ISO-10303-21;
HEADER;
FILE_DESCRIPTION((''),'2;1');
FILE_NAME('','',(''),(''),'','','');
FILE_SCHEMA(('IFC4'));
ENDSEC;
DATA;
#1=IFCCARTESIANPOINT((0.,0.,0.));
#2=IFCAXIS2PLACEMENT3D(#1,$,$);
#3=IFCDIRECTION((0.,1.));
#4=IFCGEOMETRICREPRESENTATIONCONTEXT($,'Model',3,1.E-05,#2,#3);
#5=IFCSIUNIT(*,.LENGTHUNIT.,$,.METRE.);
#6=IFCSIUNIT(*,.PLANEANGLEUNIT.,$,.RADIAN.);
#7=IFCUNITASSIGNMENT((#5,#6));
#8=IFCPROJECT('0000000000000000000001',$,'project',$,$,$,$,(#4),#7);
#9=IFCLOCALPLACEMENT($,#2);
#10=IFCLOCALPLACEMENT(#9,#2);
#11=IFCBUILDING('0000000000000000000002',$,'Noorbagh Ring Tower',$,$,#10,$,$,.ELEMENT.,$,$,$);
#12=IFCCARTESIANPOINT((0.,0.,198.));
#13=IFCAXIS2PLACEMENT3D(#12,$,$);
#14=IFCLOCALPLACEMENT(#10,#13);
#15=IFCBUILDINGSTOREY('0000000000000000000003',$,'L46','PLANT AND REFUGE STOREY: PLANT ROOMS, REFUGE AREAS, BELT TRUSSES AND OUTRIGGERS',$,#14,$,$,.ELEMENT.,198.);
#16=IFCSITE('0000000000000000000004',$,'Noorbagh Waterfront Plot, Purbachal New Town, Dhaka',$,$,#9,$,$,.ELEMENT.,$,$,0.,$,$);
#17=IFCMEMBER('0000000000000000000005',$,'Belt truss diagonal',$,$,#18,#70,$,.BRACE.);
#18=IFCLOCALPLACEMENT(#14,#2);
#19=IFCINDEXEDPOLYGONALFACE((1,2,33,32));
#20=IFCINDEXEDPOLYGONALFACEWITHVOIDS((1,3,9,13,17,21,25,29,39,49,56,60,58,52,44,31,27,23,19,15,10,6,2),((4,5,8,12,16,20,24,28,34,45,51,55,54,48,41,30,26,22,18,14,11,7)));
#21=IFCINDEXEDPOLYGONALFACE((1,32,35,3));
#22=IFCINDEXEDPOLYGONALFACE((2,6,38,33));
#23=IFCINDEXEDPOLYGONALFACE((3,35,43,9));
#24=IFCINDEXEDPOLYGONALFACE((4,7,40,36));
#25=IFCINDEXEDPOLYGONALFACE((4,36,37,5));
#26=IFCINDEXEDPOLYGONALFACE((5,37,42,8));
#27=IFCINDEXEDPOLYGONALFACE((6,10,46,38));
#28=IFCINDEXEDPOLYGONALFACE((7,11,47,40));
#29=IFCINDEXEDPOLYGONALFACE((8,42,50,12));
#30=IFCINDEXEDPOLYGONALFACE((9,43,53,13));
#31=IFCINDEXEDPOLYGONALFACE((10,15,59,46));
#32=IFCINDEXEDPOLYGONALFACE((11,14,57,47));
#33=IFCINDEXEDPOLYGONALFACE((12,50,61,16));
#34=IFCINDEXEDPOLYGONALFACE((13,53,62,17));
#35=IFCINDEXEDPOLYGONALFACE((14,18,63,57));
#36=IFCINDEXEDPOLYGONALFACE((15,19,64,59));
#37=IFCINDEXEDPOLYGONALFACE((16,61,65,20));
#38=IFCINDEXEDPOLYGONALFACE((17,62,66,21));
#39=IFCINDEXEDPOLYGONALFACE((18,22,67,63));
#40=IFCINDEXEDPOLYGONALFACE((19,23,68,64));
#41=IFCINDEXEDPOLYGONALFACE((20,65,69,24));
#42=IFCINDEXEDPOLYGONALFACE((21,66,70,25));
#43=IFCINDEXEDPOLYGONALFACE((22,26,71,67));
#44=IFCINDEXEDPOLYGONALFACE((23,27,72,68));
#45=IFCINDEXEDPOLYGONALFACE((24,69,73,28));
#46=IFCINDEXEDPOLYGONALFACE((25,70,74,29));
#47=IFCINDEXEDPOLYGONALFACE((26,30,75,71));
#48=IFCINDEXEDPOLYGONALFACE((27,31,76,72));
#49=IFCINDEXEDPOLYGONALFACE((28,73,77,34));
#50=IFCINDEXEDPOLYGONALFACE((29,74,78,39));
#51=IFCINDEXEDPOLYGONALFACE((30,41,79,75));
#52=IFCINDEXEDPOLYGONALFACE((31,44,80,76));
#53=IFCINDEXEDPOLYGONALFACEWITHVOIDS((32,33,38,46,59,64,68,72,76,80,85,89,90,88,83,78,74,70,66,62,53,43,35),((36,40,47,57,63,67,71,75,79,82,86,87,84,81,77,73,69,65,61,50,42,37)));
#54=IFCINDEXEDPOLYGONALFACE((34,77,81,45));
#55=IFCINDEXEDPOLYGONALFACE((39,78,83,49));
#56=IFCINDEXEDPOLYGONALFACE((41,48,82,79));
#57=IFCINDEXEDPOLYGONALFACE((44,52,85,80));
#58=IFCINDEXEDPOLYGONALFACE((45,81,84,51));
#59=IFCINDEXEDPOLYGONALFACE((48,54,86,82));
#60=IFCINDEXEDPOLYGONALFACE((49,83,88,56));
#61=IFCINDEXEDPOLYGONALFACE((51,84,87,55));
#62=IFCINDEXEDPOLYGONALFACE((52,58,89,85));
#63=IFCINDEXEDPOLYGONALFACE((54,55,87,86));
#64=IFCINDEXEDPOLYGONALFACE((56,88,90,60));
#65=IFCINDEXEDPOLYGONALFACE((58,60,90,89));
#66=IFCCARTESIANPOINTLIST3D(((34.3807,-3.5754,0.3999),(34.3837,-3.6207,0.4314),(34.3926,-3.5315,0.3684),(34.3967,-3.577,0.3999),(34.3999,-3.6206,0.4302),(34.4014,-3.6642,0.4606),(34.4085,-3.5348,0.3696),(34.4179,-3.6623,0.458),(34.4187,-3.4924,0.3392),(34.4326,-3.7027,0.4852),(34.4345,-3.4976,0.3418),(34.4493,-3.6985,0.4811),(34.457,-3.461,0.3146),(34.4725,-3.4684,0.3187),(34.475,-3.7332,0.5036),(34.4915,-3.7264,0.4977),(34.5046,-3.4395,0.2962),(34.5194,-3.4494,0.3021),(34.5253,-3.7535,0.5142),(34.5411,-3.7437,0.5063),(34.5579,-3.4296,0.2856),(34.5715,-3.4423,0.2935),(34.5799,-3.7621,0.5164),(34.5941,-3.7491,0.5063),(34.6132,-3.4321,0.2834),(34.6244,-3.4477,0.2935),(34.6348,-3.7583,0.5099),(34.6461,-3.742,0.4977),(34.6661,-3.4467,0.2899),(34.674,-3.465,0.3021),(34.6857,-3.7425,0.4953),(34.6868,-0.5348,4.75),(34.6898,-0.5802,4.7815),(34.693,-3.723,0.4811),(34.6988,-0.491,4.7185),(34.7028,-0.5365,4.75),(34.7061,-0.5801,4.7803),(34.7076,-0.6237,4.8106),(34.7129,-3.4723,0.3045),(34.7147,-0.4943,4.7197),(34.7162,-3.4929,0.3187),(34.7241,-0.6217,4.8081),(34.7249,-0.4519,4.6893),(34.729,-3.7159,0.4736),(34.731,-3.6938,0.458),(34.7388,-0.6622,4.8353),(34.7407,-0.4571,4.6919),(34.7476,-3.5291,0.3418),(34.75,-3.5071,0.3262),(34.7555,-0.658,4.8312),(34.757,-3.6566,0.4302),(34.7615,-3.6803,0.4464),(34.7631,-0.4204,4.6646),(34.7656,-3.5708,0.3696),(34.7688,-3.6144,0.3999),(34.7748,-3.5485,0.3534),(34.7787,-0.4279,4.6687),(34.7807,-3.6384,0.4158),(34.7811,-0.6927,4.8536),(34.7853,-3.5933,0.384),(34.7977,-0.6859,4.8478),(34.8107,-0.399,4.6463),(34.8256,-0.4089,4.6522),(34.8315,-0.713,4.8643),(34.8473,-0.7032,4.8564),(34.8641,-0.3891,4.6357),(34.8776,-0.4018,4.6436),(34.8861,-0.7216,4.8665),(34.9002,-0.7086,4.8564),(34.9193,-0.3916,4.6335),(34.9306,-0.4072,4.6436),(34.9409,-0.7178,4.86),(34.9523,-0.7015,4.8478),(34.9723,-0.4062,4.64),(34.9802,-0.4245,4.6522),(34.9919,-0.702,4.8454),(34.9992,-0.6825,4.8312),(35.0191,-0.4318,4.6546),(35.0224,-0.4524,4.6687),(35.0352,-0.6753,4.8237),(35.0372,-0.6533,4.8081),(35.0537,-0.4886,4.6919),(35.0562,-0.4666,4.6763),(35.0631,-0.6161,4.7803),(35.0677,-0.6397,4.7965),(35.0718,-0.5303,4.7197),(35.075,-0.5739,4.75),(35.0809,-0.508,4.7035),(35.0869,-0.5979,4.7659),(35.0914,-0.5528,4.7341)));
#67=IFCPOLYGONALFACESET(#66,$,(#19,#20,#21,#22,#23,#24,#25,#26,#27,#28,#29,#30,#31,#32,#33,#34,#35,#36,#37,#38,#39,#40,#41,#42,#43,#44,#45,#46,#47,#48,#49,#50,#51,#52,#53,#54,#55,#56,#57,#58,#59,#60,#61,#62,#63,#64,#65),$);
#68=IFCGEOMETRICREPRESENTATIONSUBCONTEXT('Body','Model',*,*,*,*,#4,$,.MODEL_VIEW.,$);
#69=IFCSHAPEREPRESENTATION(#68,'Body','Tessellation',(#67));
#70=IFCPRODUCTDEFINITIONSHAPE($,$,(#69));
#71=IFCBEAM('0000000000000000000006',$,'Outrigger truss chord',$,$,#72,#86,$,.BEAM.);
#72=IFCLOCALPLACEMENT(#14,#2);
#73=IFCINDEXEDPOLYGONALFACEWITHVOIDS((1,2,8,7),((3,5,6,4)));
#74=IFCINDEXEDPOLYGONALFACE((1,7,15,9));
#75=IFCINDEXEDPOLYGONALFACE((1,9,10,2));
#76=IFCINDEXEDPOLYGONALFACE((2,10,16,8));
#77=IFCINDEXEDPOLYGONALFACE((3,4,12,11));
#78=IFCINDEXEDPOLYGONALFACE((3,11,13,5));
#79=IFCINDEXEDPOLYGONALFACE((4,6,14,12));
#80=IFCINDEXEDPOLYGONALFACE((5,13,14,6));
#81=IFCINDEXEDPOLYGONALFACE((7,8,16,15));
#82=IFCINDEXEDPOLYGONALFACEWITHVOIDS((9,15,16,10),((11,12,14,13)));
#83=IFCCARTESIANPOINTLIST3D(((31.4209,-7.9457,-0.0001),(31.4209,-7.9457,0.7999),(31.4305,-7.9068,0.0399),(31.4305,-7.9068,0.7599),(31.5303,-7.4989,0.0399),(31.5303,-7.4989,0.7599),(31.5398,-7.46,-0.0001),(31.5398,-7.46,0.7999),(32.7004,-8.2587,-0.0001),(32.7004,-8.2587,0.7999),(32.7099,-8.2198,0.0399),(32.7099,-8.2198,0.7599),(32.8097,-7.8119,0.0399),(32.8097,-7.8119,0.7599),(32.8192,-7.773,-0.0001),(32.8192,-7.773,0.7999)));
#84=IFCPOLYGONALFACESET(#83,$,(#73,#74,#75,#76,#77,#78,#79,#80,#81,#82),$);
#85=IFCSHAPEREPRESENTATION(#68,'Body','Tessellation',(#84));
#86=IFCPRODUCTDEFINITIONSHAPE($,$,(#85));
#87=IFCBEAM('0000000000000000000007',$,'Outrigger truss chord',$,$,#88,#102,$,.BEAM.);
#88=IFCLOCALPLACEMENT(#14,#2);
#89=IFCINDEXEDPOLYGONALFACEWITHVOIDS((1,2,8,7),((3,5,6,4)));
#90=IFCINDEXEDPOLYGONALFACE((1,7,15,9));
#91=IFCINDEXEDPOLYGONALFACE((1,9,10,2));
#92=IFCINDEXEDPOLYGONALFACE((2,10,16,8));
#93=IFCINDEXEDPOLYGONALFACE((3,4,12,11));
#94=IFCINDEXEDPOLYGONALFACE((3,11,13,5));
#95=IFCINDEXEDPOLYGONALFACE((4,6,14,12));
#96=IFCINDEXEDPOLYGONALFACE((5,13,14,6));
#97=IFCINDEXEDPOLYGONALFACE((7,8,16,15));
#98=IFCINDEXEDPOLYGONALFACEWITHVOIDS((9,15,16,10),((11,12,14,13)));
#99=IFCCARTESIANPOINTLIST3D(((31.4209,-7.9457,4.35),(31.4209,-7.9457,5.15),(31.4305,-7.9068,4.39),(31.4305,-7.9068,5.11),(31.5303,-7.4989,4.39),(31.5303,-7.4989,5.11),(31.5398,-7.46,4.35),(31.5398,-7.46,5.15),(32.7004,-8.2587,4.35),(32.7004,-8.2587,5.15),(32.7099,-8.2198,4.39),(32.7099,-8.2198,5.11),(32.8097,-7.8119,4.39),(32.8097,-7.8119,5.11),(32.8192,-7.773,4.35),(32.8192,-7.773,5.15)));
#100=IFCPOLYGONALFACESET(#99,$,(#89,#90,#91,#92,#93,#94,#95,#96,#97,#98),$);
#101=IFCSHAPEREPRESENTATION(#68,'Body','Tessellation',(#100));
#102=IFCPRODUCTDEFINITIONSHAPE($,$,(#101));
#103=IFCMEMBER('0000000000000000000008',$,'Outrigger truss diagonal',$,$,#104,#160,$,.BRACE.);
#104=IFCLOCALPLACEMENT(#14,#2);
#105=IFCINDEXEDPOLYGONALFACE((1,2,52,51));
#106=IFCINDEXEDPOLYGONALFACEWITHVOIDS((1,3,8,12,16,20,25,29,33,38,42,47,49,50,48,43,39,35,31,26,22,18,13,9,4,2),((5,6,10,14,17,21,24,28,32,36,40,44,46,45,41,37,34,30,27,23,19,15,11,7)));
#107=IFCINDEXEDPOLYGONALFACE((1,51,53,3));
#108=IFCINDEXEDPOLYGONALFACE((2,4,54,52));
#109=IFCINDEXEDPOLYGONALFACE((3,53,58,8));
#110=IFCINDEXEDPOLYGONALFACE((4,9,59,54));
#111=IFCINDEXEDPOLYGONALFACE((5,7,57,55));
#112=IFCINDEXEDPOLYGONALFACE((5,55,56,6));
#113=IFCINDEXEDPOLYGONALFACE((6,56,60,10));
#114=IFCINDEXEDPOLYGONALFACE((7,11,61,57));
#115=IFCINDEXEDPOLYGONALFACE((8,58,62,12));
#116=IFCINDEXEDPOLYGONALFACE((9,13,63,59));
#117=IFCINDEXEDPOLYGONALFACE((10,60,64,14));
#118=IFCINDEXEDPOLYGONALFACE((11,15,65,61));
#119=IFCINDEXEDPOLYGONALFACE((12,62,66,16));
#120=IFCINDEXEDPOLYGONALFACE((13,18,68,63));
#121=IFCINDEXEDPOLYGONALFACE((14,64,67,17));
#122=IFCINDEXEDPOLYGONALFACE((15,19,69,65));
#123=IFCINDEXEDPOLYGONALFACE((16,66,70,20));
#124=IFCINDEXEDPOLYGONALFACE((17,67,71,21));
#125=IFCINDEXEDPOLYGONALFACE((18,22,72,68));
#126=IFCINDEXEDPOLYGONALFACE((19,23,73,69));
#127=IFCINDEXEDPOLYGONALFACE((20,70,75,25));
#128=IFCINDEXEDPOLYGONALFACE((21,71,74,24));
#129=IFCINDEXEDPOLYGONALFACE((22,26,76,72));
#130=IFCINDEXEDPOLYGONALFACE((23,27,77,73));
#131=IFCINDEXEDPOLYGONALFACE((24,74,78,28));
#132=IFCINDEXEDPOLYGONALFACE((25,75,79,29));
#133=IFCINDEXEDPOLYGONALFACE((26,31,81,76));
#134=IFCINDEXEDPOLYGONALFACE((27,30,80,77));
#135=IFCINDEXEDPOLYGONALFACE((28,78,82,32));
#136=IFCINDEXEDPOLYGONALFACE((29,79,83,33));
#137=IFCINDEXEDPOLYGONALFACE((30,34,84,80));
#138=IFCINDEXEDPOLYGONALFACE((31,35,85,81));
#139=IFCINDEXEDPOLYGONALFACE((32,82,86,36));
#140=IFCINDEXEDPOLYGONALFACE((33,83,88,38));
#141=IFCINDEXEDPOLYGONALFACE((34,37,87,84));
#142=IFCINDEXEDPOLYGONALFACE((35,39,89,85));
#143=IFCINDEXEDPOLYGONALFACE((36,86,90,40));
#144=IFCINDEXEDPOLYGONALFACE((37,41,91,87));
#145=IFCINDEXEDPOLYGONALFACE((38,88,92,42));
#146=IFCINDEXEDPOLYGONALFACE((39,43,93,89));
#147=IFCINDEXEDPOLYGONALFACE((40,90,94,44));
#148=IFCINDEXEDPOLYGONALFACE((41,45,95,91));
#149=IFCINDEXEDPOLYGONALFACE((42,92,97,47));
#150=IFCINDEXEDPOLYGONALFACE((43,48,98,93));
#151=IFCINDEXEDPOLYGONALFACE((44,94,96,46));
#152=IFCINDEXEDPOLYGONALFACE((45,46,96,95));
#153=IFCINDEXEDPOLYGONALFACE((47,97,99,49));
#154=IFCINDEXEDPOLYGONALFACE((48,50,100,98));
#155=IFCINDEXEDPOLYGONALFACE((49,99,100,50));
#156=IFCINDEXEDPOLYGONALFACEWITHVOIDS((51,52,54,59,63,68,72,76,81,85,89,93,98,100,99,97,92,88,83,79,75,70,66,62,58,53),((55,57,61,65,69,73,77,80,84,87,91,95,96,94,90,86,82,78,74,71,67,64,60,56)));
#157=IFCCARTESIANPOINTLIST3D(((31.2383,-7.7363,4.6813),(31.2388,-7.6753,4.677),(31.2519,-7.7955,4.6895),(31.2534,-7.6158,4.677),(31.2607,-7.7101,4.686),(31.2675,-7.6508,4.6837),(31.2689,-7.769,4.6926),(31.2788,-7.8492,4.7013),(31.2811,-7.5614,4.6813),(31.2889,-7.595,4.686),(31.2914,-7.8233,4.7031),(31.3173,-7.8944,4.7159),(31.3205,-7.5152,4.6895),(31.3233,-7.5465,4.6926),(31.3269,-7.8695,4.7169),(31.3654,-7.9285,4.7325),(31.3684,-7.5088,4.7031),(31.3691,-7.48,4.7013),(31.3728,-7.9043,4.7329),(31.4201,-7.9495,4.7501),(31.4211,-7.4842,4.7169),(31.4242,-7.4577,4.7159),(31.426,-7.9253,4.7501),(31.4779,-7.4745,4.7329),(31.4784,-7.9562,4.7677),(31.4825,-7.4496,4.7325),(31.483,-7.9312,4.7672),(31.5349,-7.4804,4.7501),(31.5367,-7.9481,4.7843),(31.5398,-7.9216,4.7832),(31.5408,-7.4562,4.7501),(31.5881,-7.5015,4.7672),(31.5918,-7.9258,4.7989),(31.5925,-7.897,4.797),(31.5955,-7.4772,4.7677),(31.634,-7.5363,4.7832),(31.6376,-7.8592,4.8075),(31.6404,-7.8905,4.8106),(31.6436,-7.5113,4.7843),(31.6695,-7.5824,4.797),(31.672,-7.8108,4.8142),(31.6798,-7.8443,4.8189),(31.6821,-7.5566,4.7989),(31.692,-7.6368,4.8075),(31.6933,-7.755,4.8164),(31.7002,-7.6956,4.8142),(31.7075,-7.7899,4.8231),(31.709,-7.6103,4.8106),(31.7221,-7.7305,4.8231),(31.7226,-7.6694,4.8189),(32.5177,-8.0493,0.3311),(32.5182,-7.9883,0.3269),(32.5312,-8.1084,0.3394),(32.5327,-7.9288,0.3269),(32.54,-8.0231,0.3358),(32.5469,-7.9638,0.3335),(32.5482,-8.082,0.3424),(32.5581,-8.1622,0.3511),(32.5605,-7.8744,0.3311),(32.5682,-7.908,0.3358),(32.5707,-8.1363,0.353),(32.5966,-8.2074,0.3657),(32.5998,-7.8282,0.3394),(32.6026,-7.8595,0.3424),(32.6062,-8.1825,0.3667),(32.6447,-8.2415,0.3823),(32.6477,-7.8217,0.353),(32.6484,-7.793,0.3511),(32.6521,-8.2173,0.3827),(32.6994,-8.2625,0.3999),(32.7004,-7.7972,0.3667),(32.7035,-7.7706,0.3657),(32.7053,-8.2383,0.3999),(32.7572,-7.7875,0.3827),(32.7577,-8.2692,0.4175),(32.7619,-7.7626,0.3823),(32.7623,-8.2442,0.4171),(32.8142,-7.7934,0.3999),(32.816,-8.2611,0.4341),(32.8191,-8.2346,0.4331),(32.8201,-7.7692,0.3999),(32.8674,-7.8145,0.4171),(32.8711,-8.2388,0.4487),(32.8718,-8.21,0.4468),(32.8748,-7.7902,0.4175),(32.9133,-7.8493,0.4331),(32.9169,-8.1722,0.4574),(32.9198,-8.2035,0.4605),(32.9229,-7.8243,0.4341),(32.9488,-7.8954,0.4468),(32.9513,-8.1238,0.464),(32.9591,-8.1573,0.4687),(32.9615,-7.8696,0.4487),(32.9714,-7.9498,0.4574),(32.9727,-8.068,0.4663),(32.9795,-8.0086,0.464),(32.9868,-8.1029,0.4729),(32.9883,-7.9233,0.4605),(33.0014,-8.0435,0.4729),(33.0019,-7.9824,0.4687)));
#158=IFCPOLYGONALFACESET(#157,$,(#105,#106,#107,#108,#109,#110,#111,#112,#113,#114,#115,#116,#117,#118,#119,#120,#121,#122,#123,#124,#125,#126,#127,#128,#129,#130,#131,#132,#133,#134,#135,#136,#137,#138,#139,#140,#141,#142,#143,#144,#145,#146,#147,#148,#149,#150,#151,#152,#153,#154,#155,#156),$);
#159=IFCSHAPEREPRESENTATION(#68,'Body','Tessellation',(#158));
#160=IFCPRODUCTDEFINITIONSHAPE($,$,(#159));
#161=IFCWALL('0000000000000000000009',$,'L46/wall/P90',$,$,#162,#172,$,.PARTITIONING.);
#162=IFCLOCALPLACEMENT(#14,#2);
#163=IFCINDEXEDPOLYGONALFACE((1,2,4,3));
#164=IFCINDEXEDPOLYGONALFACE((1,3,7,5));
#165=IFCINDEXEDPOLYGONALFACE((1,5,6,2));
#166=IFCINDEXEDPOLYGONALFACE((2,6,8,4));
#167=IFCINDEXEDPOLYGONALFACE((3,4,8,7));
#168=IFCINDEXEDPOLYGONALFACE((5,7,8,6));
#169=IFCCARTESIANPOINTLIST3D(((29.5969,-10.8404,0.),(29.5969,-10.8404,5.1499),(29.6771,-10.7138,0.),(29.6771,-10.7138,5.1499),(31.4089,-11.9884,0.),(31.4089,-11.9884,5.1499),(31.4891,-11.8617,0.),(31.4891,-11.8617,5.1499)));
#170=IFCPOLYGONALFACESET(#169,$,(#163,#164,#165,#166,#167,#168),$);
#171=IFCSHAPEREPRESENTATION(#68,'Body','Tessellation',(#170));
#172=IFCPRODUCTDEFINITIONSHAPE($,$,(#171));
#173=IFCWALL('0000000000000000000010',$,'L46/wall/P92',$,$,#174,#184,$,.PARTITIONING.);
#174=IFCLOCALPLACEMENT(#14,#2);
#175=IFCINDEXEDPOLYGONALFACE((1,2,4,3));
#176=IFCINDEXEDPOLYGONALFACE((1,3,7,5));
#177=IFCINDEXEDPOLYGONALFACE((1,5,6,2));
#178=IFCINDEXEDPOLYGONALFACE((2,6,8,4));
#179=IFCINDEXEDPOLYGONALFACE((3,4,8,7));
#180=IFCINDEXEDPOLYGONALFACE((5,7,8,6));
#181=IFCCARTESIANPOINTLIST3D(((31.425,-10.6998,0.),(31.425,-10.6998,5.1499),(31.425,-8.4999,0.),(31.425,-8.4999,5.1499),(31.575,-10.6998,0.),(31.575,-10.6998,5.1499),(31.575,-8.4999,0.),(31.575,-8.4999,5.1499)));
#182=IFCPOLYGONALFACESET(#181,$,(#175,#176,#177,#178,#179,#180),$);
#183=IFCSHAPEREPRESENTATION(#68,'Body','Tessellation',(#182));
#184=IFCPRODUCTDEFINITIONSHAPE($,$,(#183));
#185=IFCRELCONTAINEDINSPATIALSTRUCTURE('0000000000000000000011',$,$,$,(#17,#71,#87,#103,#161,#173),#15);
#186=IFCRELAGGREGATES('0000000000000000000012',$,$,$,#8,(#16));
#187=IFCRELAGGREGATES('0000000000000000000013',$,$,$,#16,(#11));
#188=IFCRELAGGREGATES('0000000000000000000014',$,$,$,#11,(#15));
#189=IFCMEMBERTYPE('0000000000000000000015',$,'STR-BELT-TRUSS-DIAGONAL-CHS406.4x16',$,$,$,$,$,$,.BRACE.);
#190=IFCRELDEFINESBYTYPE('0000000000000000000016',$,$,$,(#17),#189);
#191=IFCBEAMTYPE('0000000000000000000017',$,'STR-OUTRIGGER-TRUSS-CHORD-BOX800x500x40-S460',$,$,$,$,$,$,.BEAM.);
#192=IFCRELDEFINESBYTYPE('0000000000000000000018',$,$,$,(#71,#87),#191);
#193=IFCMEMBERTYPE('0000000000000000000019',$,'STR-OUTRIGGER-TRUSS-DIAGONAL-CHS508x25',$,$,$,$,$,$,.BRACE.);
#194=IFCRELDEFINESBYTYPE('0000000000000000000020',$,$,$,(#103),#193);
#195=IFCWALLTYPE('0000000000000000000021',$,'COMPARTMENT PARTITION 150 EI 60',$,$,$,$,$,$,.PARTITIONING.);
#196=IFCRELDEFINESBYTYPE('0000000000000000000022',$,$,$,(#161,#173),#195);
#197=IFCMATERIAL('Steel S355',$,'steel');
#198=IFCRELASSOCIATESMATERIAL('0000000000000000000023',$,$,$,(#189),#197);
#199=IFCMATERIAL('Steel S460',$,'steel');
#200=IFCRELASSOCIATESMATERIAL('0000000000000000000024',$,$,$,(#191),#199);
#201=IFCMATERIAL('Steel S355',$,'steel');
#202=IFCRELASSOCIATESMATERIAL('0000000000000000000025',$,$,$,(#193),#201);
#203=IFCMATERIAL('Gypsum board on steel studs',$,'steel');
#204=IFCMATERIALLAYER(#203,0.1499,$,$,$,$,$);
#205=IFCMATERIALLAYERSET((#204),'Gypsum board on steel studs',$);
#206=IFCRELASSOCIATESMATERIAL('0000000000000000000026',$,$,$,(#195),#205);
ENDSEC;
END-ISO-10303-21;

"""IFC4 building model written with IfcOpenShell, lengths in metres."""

from ifc_helpers import new_model, si_unit, direction, frame, frame_2d, origin, origin_2d, place, context, subcontext, project, spatial, rectangle, hollow_rectangle, hollow_circle, extrude, material, layer, layer_set, material_profile, profile_set, type_object, element, save


model = new_model("IFC4")

# Units and contexts
model_context = context("Model", 3, precision=1e-05, world=origin(), true_north=direction((0.0, 1.0)))
body_context = subcontext(model_context, "Body", "Model", "MODEL_VIEW")
ifc_project = project(units=[si_unit("LENGTHUNIT", "METRE"), si_unit("PLANEANGLEUNIT", "RADIAN")], contexts=[model_context])

# Site, building, storey
site_placement = place(None, origin())
site = spatial("IfcSite", under=ifc_project, at=site_placement, Name="Noorbagh Waterfront Plot, Purbachal New Town, Dhaka", CompositionType="ELEMENT", RefElevation=0.0)
building_placement = place(site_placement, origin())
building = spatial("IfcBuilding", under=site, at=building_placement, Name="Noorbagh Ring Tower", CompositionType="ELEMENT")
storey_placement = place(building_placement, frame((0.0, 0.0, 198.0)))
storey = spatial("IfcBuildingStorey", under=building, at=storey_placement, Name="L46", Description="PLANT AND REFUGE STOREY: PLANT ROOMS, REFUGE AREAS, BELT TRUSSES AND OUTRIGGERS", CompositionType="ELEMENT", Elevation=198.0)

# Member
ifc_material_1 = material(Name="Steel S355", Category="steel")
ifc_material_profile_1 = material_profile(ifc_material_1, hollow_circle(Radius=0.2031, WallThickness=0.0161, at=origin_2d()), Name="CHS406.4x16")
ifc_profile_set_1 = profile_set([ifc_material_profile_1], Name="Steel S355")
member_type_1 = type_object("IfcMemberType", Name="STR-BELT-TRUSS-DIAGONAL-CHS406.4x16", PredefinedType="BRACE", material=ifc_profile_set_1)
member_1_placement = place(storey_placement, frame((34.5828, -3.5957, 0.3999), z_axis=(0.057589, 0.571937, 0.818273), x_axis=(-0.994969, 0.100184, 0.0)))
element("IfcMember", 1, at=member_1_placement, inside=storey, type_object=member_type_1, Name="Belt truss diagonal", PredefinedType="BRACE", context=body_context, shape_type="SweptSolid", body=[
    extrude(hollow_circle(Radius=0.2031, WallThickness=0.0161, at=origin_2d()), origin(), (0.0, 0.0, 1.0), 5.3162),
])

# Beams
ifc_material_2 = material(Name="Steel S460", Category="steel")
ifc_material_profile_2 = material_profile(ifc_material_2, hollow_rectangle(XDim=0.5, YDim=0.8, WallThickness=0.04, at=origin_2d()), Name="BOX800x500x40")
ifc_profile_set_2 = profile_set([ifc_material_profile_2], Name="Steel S460")
beam_type_1 = type_object("IfcBeamType", Name="STR-OUTRIGGER-TRUSS-CHORD-BOX800x500x40-S460", PredefinedType="BEAM", material=ifc_profile_set_2)
for number, where, z_axis, x_axis, name in (
    (2, (32.7598, -8.0159, 0.3999), (-0.971351, 0.237647, 0.0), (-0.237647, -0.971351, 0.0), "Outrigger truss chord"),
    (3, (32.7598, -8.0159, 4.75), (-0.971351, 0.237647, 0.0), (-0.237647, -0.971351, 0.0), "Outrigger truss chord"),
):
    element("IfcBeam", number, at=place(storey_placement, frame(where, z_axis=z_axis, x_axis=x_axis)), inside=storey, type_object=beam_type_1, Name=name, PredefinedType="BEAM", context=body_context, shape_type="SweptSolid", body=[
        extrude(hollow_rectangle(XDim=0.5, YDim=0.8, WallThickness=0.04, at=origin_2d()), origin(), (0.0, 0.0, 1.0), 1.3171),
    ])

# Member
ifc_material_3 = material(Name="Steel S355", Category="steel")
ifc_material_profile_3 = material_profile(ifc_material_3, hollow_circle(Radius=0.2539, WallThickness=0.0249, at=origin_2d()), Name="CHS508x25")
ifc_profile_set_3 = profile_set([ifc_material_profile_3], Name="Steel S355")
member_type_2 = type_object("IfcMemberType", Name="STR-OUTRIGGER-TRUSS-DIAGONAL-CHS508x25", PredefinedType="BRACE", material=ifc_profile_set_3)
member_2_placement = place(storey_placement, frame((32.7598, -8.0159, 0.3999), z_axis=(-0.281467, 0.068863, 0.957097), x_axis=(-0.237647, -0.971351, 0.0)))
element("IfcMember", 4, at=member_2_placement, inside=storey, type_object=member_type_2, Name="Outrigger truss diagonal", PredefinedType="BRACE", context=body_context, shape_type="SweptSolid", body=[
    extrude(hollow_circle(Radius=0.2539, WallThickness=0.0249, at=origin_2d()), origin(), (0.0, 0.0, 1.0), 4.5452),
])

# Walls
ifc_material_4 = material(Name="Gypsum board on steel studs", Category="steel")
ifc_layer_1 = layer(ifc_material_4, 0.1499)
ifc_layer_set_1 = layer_set([ifc_layer_1], Name="Gypsum board on steel studs")
wall_type_1 = type_object("IfcWallType", Name="COMPARTMENT PARTITION 150 EI 60", PredefinedType="PARTITIONING", material=ifc_layer_set_1)
wall_1_placement = place(storey_placement, frame((29.637, -10.7771, 0.0), z_axis=(0.0, 0.0, 1.0), x_axis=(0.844747, -0.535166, 0.0)))
element("IfcWall", 5, at=wall_1_placement, inside=storey, type_object=wall_type_1, Name="L46/wall/P90", PredefinedType="PARTITIONING", context=body_context, shape_type="SweptSolid", body=[
    extrude(rectangle(XDim=2.145, YDim=0.1499, at=frame_2d((1.0725, 0.0))), origin(), (0.0, 0.0, 1.0), 5.1499),
])
wall_2_placement = place(storey_placement, frame((31.5, -10.7, 0.0), z_axis=(0.0, 0.0, 1.0), x_axis=(0.0, 1.0, 0.0)))
element("IfcWall", 6, at=wall_2_placement, inside=storey, type_object=wall_type_1, Name="L46/wall/P92", PredefinedType="PARTITIONING", context=body_context, shape_type="SweptSolid", body=[
    extrude(rectangle(XDim=2.2, YDim=0.1499, at=frame_2d((1.1001, 0.0))), origin(), (0.0, 0.0, 1.0), 5.1499),
])

save(model, "model.ifc")
